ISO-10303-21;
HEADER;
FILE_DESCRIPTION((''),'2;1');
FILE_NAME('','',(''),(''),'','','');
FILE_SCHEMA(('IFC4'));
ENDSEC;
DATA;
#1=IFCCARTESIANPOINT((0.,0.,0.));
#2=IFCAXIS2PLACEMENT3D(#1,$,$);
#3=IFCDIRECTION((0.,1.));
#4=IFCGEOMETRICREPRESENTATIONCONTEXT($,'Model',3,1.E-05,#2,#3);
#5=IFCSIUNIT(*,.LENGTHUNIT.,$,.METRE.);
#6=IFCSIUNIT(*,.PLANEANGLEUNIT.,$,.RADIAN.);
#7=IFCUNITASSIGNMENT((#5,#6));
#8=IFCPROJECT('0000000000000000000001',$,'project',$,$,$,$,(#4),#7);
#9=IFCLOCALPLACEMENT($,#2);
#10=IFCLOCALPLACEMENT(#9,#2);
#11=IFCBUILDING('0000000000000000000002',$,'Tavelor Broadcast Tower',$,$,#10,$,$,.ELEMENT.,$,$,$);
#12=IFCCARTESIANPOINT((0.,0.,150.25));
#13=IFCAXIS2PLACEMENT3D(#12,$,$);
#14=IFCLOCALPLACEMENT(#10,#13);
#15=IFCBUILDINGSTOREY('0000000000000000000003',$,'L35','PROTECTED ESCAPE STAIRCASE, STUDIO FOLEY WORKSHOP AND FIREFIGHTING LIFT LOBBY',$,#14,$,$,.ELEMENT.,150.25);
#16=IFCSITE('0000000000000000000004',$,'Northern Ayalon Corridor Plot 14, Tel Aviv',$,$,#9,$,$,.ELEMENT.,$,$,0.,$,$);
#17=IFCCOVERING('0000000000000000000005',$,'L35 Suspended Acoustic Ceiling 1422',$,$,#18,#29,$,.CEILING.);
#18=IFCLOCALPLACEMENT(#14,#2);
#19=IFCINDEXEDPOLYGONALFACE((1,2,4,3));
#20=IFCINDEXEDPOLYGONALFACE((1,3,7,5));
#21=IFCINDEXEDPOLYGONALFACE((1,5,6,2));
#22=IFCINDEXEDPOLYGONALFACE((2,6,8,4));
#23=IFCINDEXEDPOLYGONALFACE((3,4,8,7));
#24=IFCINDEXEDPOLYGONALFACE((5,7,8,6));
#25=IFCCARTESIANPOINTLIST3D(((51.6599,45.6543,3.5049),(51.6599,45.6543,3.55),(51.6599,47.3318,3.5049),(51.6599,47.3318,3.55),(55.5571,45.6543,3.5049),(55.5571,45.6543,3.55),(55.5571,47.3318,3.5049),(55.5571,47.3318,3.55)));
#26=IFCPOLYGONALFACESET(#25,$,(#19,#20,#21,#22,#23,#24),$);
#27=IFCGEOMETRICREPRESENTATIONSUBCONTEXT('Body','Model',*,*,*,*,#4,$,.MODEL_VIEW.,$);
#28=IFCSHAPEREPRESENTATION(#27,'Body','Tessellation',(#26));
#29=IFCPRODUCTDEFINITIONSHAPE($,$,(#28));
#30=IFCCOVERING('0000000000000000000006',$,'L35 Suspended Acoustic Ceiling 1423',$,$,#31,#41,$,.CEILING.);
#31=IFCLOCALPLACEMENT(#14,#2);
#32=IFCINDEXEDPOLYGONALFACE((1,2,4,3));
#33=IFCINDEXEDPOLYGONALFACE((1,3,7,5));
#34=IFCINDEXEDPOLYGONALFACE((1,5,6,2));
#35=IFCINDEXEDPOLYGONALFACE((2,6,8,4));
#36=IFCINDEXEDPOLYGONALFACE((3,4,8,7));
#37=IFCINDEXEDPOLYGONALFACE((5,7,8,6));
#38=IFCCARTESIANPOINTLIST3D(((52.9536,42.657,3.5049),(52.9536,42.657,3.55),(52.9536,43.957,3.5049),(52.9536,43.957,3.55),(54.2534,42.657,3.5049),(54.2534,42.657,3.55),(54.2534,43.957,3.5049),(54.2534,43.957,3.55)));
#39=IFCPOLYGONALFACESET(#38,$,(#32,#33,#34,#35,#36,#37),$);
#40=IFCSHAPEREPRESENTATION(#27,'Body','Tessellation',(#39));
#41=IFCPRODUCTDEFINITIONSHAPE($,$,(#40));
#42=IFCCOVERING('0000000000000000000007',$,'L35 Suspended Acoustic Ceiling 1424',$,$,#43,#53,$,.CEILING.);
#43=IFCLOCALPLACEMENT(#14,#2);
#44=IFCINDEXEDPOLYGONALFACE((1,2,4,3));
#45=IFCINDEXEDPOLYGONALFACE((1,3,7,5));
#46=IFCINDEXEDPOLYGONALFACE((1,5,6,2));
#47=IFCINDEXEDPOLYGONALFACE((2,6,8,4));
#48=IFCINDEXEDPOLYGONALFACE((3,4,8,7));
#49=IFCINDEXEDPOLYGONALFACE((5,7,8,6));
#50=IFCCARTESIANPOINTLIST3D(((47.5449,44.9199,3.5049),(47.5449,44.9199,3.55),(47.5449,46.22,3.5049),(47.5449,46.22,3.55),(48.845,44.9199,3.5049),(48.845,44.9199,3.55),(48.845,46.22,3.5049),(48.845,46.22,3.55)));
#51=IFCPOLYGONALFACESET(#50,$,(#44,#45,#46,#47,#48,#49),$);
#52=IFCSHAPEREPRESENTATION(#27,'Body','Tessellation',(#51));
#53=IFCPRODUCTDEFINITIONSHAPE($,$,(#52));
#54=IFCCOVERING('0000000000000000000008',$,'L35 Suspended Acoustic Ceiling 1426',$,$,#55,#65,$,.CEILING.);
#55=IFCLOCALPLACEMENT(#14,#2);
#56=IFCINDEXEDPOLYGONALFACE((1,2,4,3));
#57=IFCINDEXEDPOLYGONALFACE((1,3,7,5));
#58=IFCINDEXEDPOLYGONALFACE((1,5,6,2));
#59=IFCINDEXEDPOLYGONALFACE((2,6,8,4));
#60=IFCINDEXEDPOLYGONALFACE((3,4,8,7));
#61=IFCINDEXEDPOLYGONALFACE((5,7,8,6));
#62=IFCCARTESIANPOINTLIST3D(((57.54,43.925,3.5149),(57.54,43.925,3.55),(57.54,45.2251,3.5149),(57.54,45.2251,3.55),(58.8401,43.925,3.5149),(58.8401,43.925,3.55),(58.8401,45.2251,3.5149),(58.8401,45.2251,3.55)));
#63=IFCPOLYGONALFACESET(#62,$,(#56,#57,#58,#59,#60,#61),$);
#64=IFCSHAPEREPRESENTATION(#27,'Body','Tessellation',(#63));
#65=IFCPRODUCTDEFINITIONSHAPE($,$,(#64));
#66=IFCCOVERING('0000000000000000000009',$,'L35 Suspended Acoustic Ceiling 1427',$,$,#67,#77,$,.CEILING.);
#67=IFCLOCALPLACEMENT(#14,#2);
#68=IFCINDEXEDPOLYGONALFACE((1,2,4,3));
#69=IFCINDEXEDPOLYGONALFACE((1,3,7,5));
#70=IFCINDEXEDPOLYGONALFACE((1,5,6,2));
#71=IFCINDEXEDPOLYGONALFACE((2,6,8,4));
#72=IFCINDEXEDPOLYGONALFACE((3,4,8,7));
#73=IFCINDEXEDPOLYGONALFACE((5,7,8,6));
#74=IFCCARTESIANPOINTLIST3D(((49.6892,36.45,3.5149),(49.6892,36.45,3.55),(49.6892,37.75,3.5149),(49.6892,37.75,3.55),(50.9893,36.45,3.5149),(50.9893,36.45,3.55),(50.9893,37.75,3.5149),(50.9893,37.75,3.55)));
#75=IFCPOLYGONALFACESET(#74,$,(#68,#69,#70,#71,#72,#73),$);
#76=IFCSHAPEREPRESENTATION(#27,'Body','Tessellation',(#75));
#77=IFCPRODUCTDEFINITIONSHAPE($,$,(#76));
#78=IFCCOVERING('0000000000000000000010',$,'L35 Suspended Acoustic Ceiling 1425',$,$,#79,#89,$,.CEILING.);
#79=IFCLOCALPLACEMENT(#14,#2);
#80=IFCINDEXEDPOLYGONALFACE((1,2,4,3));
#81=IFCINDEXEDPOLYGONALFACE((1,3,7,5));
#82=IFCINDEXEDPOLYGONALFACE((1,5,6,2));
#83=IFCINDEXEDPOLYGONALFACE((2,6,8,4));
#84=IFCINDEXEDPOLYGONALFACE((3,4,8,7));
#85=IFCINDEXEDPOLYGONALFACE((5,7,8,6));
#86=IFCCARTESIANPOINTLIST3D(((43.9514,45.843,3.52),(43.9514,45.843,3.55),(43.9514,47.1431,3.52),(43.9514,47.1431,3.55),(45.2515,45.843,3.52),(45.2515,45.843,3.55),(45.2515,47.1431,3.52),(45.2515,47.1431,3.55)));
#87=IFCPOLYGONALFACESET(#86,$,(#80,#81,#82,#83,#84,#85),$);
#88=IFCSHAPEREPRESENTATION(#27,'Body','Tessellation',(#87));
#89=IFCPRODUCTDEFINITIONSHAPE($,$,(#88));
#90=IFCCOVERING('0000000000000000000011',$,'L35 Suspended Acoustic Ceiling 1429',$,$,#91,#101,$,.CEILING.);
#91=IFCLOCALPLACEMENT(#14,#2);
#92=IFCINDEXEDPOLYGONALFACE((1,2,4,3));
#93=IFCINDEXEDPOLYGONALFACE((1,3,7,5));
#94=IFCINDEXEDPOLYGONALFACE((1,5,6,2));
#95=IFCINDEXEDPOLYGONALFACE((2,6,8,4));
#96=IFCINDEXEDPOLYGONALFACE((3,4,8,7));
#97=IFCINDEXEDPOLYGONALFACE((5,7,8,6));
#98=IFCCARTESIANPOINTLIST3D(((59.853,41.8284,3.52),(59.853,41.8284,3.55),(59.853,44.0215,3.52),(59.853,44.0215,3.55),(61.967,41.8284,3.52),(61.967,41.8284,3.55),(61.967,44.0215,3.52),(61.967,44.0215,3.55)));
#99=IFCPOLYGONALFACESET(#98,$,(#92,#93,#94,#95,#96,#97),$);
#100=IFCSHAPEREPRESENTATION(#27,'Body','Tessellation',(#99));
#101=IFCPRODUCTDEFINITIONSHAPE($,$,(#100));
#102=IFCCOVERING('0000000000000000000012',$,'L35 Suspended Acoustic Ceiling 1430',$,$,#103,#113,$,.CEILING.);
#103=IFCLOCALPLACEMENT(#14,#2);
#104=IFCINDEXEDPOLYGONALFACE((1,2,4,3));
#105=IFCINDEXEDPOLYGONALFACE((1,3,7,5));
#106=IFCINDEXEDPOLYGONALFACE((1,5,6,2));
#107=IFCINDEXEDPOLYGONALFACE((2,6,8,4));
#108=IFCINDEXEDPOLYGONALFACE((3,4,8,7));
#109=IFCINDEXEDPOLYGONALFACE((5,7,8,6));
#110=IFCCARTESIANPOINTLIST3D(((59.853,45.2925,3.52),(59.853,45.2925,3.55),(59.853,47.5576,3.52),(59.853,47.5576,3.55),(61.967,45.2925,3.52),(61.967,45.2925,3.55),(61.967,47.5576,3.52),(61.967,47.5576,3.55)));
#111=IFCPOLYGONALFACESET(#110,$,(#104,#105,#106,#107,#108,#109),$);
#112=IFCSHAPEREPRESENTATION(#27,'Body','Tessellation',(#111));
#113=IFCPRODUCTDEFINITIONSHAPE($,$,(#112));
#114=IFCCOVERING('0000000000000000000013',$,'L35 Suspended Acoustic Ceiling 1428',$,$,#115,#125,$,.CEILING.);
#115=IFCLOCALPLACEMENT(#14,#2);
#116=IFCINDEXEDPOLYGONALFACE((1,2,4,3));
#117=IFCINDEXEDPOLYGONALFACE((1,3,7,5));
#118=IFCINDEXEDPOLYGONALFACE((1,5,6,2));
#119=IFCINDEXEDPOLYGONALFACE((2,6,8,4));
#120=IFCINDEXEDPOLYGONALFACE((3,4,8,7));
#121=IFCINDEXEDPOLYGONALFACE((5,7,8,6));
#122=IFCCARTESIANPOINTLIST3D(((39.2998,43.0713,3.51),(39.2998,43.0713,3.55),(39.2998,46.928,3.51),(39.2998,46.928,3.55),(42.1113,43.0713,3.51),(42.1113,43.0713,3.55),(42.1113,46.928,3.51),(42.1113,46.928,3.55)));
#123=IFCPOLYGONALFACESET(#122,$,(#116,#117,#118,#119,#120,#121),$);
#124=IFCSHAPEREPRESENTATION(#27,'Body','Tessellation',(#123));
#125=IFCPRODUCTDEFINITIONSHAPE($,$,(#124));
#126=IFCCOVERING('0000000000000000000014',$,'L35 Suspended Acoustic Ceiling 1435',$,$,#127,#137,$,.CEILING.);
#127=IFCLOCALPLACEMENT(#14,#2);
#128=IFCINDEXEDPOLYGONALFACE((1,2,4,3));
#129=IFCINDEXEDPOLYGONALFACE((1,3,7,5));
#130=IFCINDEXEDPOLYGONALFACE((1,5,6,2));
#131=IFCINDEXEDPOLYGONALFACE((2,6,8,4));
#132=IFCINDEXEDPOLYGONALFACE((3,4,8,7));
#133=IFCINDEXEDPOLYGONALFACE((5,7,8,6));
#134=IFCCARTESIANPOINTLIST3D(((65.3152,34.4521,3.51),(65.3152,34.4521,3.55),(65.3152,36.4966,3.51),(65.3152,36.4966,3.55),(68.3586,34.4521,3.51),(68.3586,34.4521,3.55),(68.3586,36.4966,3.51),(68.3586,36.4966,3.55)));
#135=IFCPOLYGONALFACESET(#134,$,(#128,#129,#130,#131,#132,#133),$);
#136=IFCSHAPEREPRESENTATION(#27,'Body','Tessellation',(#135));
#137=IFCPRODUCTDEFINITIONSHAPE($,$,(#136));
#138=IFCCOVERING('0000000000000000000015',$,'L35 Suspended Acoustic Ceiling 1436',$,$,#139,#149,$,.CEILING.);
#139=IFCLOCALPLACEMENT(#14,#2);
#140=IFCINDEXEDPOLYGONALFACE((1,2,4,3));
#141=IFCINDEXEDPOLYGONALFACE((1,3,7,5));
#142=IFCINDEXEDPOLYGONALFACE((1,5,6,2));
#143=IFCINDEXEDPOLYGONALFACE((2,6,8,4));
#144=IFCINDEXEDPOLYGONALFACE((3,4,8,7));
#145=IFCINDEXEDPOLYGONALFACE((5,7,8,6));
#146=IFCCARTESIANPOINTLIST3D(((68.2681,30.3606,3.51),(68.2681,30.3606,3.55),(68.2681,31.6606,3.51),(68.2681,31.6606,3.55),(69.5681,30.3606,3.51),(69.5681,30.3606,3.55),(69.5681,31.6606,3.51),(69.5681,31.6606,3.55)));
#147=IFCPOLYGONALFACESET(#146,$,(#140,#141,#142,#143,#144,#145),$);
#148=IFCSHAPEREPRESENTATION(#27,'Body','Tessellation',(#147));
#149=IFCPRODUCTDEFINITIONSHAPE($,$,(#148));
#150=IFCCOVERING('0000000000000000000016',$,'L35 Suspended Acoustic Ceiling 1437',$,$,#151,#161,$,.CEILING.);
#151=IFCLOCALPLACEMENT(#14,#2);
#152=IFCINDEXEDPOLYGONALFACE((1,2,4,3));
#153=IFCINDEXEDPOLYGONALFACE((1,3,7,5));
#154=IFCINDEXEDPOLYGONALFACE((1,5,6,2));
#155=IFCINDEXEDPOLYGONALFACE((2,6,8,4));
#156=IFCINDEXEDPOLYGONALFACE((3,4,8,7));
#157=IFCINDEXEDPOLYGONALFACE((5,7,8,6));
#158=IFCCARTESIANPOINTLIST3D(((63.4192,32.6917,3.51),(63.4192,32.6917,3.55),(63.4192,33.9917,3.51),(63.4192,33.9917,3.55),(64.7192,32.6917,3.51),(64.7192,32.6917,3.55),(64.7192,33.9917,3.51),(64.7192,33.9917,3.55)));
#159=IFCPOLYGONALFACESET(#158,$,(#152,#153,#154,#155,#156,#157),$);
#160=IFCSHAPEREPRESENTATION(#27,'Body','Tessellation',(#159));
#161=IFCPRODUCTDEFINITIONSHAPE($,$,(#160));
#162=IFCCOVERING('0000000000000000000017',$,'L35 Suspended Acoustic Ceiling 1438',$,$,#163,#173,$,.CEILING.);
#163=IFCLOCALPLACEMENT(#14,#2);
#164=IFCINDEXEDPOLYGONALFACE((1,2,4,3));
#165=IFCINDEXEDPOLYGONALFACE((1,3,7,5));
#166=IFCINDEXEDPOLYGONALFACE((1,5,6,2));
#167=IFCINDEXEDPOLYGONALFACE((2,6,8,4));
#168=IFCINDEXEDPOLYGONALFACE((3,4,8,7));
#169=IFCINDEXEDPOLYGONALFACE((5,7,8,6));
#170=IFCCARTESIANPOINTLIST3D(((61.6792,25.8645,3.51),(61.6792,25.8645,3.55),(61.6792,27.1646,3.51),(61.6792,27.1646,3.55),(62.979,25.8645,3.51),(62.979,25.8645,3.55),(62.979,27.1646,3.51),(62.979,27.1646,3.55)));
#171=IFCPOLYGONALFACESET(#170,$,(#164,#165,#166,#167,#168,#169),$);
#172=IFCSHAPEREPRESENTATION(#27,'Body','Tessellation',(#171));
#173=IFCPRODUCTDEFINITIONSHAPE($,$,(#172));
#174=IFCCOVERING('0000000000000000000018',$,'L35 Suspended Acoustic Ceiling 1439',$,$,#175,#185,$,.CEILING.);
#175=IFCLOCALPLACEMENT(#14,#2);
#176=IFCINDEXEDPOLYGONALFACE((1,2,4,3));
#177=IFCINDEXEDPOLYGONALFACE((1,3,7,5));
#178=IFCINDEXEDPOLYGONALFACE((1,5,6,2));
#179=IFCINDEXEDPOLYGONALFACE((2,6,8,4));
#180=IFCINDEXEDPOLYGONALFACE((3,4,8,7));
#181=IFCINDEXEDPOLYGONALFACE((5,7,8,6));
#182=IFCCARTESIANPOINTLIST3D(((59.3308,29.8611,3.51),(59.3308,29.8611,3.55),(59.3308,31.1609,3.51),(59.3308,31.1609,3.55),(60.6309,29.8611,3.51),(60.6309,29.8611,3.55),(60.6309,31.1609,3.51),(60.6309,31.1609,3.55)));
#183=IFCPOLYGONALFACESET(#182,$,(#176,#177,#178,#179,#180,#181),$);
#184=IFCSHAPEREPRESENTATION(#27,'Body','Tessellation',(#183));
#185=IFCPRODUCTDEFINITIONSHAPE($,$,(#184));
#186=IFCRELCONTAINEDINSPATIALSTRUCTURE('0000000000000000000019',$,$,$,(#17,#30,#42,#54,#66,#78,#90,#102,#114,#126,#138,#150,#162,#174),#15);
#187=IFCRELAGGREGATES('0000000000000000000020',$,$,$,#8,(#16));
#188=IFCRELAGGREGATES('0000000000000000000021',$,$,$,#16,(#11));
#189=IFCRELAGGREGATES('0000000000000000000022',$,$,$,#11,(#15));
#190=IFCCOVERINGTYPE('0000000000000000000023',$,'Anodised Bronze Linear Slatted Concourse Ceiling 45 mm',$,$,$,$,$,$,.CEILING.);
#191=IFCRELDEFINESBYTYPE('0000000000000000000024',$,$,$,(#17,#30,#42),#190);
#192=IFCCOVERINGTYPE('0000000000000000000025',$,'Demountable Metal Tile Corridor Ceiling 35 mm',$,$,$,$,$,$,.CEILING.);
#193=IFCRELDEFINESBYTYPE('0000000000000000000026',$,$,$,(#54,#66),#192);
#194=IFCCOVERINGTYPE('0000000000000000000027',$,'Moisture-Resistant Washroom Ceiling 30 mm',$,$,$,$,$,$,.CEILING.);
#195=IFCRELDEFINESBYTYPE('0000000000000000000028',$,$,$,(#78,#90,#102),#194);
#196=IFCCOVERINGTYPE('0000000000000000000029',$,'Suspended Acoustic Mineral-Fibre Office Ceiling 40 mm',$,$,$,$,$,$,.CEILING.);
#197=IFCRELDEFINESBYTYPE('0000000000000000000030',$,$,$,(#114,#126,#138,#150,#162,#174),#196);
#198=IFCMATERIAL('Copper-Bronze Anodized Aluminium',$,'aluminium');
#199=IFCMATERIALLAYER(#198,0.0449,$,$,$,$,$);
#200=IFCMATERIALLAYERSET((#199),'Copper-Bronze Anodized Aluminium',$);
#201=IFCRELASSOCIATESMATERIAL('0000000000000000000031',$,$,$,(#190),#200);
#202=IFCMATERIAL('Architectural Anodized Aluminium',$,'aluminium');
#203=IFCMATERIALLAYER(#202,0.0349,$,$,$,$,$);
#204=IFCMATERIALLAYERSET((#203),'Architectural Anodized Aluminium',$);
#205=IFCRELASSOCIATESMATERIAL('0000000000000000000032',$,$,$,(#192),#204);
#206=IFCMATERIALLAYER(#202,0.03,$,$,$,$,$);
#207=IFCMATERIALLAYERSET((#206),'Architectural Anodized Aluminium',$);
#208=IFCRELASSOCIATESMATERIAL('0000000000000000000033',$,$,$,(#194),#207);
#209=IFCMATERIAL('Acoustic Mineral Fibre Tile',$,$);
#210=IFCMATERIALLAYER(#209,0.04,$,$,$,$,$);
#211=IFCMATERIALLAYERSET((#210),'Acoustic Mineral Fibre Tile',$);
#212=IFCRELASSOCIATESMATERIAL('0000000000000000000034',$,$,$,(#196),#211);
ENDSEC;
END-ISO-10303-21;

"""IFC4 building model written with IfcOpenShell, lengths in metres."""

from ifc_helpers import new_model, si_unit, direction, frame, origin, place, context, subcontext, project, spatial, polyline, outline, extrude, material, layer, layer_set, type_object, element, save


model = new_model("IFC4")

# Units and contexts
model_context = context("Model", 3, precision=1e-05, world=origin(), true_north=direction((0.0, 1.0)))
body_context = subcontext(model_context, "Body", "Model", "MODEL_VIEW")
ifc_project = project(units=[si_unit("LENGTHUNIT", "METRE"), si_unit("PLANEANGLEUNIT", "RADIAN")], contexts=[model_context])

# Site, building, storey
site_placement = place(None, origin())
site = spatial("IfcSite", under=ifc_project, at=site_placement, Name="Northern Ayalon Corridor Plot 14, Tel Aviv", CompositionType="ELEMENT", RefElevation=0.0)
building_placement = place(site_placement, origin())
building = spatial("IfcBuilding", under=site, at=building_placement, Name="Tavelor Broadcast Tower", CompositionType="ELEMENT")
storey_placement = place(building_placement, frame((0.0, 0.0, 150.25)))
storey = spatial("IfcBuildingStorey", under=building, at=storey_placement, Name="L35", Description="PROTECTED ESCAPE STAIRCASE, STUDIO FOLEY WORKSHOP AND FIREFIGHTING LIFT LOBBY", CompositionType="ELEMENT", Elevation=150.25)

# Coverings
ifc_material_1 = material(Name="Copper-Bronze Anodized Aluminium", Category="aluminium")
ifc_layer_1 = layer(ifc_material_1, 0.0449)
ifc_layer_set_1 = layer_set([ifc_layer_1], Name="Copper-Bronze Anodized Aluminium")
covering_type_1 = type_object("IfcCoveringType", Name="Anodised Bronze Linear Slatted Concourse Ceiling 45 mm", PredefinedType="CEILING", material=ifc_layer_set_1)
covering_1_placement = place(storey_placement, frame((0.0, 0.0, 3.5049)))
element("IfcCovering", 1, at=covering_1_placement, inside=storey, type_object=covering_type_1, Name="L35 Suspended Acoustic Ceiling 1422", PredefinedType="CEILING", context=body_context, shape_type="SweptSolid", body=[
    extrude(outline(polyline([(51.6599, 45.6543), (55.5571, 45.6543), (55.5571, 47.3318), (51.6599, 47.3318), (51.6599, 45.6543)])), origin(), (0.0, 0.0, 1.0), 0.0452),
])
covering_2_placement = place(storey_placement, frame((0.0, 0.0, 3.5049)))
element("IfcCovering", 2, at=covering_2_placement, inside=storey, type_object=covering_type_1, Name="L35 Suspended Acoustic Ceiling 1423", PredefinedType="CEILING", context=body_context, shape_type="SweptSolid", body=[
    extrude(outline(polyline([(52.9536, 42.657), (54.2534, 42.657), (54.2534, 43.957), (52.9536, 43.957), (52.9536, 42.657)])), origin(), (0.0, 0.0, 1.0), 0.0452),
])
covering_3_placement = place(storey_placement, frame((0.0, 0.0, 3.5049)))
element("IfcCovering", 3, at=covering_3_placement, inside=storey, type_object=covering_type_1, Name="L35 Suspended Acoustic Ceiling 1424", PredefinedType="CEILING", context=body_context, shape_type="SweptSolid", body=[
    extrude(outline(polyline([(47.5449, 44.9199), (48.845, 44.9199), (48.845, 46.22), (47.5449, 46.22), (47.5449, 44.9199)])), origin(), (0.0, 0.0, 1.0), 0.0452),
])
ifc_material_2 = material(Name="Architectural Anodized Aluminium", Category="aluminium")
ifc_layer_2 = layer(ifc_material_2, 0.0349)
ifc_layer_set_2 = layer_set([ifc_layer_2], Name="Architectural Anodized Aluminium")
covering_type_2 = type_object("IfcCoveringType", Name="Demountable Metal Tile Corridor Ceiling 35 mm", PredefinedType="CEILING", material=ifc_layer_set_2)
covering_4_placement = place(storey_placement, frame((0.0, 0.0, 3.5149)))
element("IfcCovering", 4, at=covering_4_placement, inside=storey, type_object=covering_type_2, Name="L35 Suspended Acoustic Ceiling 1426", PredefinedType="CEILING", context=body_context, shape_type="SweptSolid", body=[
    extrude(outline(polyline([(57.54, 43.925), (58.8401, 43.925), (58.8401, 45.2251), (57.54, 45.2251), (57.54, 43.925)])), origin(), (0.0, 0.0, 1.0), 0.0352),
])
covering_5_placement = place(storey_placement, frame((0.0, 0.0, 3.5149)))
element("IfcCovering", 5, at=covering_5_placement, inside=storey, type_object=covering_type_2, Name="L35 Suspended Acoustic Ceiling 1427", PredefinedType="CEILING", context=body_context, shape_type="SweptSolid", body=[
    extrude(outline(polyline([(49.6892, 36.45), (50.9893, 36.45), (50.9893, 37.75), (49.6892, 37.75), (49.6892, 36.45)])), origin(), (0.0, 0.0, 1.0), 0.0352),
])
ifc_layer_3 = layer(ifc_material_2, 0.03)
ifc_layer_set_3 = layer_set([ifc_layer_3], Name="Architectural Anodized Aluminium")
covering_type_3 = type_object("IfcCoveringType", Name="Moisture-Resistant Washroom Ceiling 30 mm", PredefinedType="CEILING", material=ifc_layer_set_3)
covering_6_placement = place(storey_placement, frame((0.0, 0.0, 3.52)))
element("IfcCovering", 6, at=covering_6_placement, inside=storey, type_object=covering_type_3, Name="L35 Suspended Acoustic Ceiling 1425", PredefinedType="CEILING", context=body_context, shape_type="SweptSolid", body=[
    extrude(outline(polyline([(43.9514, 45.843), (45.2515, 45.843), (45.2515, 47.1431), (43.9514, 47.1431), (43.9514, 45.843)])), origin(), (0.0, 0.0, 1.0), 0.03),
])
covering_7_placement = place(storey_placement, frame((0.0, 0.0, 3.52)))
element("IfcCovering", 7, at=covering_7_placement, inside=storey, type_object=covering_type_3, Name="L35 Suspended Acoustic Ceiling 1429", PredefinedType="CEILING", context=body_context, shape_type="SweptSolid", body=[
    extrude(outline(polyline([(59.853, 41.8284), (61.967, 41.8284), (61.967, 44.0215), (59.853, 44.0215), (59.853, 41.8284)])), origin(), (0.0, 0.0, 1.0), 0.03),
])
covering_8_placement = place(storey_placement, frame((0.0, 0.0, 3.52)))
element("IfcCovering", 8, at=covering_8_placement, inside=storey, type_object=covering_type_3, Name="L35 Suspended Acoustic Ceiling 1430", PredefinedType="CEILING", context=body_context, shape_type="SweptSolid", body=[
    extrude(outline(polyline([(59.853, 45.2925), (61.967, 45.2925), (61.967, 47.5576), (59.853, 47.5576), (59.853, 45.2925)])), origin(), (0.0, 0.0, 1.0), 0.03),
])
ifc_material_3 = material(Name="Acoustic Mineral Fibre Tile")
ifc_layer_4 = layer(ifc_material_3, 0.04)
ifc_layer_set_4 = layer_set([ifc_layer_4], Name="Acoustic Mineral Fibre Tile")
covering_type_4 = type_object("IfcCoveringType", Name="Suspended Acoustic Mineral-Fibre Office Ceiling 40 mm", PredefinedType="CEILING", material=ifc_layer_set_4)
covering_9_placement = place(storey_placement, frame((0.0, 0.0, 3.51)))
element("IfcCovering", 9, at=covering_9_placement, inside=storey, type_object=covering_type_4, Name="L35 Suspended Acoustic Ceiling 1428", PredefinedType="CEILING", context=body_context, shape_type="SweptSolid", body=[
    extrude(outline(polyline([(39.2998, 43.0713), (42.1113, 43.0713), (42.1113, 46.928), (39.2998, 46.928), (39.2998, 43.0713)])), origin(), (0.0, 0.0, 1.0), 0.04),
])
covering_10_placement = place(storey_placement, frame((0.0, 0.0, 3.51)))
element("IfcCovering", 10, at=covering_10_placement, inside=storey, type_object=covering_type_4, Name="L35 Suspended Acoustic Ceiling 1435", PredefinedType="CEILING", context=body_context, shape_type="SweptSolid", body=[
    extrude(outline(polyline([(65.3152, 34.4521), (68.3586, 34.4521), (68.3586, 36.4966), (65.3152, 36.4966), (65.3152, 34.4521)])), origin(), (0.0, 0.0, 1.0), 0.04),
])
covering_11_placement = place(storey_placement, frame((0.0, 0.0, 3.51)))
element("IfcCovering", 11, at=covering_11_placement, inside=storey, type_object=covering_type_4, Name="L35 Suspended Acoustic Ceiling 1436", PredefinedType="CEILING", context=body_context, shape_type="SweptSolid", body=[
    extrude(outline(polyline([(68.2681, 30.3606), (69.5681, 30.3606), (69.5681, 31.6606), (68.2681, 31.6606), (68.2681, 30.3606)])), origin(), (0.0, 0.0, 1.0), 0.04),
])
covering_12_placement = place(storey_placement, frame((0.0, 0.0, 3.51)))
element("IfcCovering", 12, at=covering_12_placement, inside=storey, type_object=covering_type_4, Name="L35 Suspended Acoustic Ceiling 1437", PredefinedType="CEILING", context=body_context, shape_type="SweptSolid", body=[
    extrude(outline(polyline([(63.4192, 32.6917), (64.7192, 32.6917), (64.7192, 33.9917), (63.4192, 33.9917), (63.4192, 32.6917)])), origin(), (0.0, 0.0, 1.0), 0.04),
])
covering_13_placement = place(storey_placement, frame((0.0, 0.0, 3.51)))
element("IfcCovering", 13, at=covering_13_placement, inside=storey, type_object=covering_type_4, Name="L35 Suspended Acoustic Ceiling 1438", PredefinedType="CEILING", context=body_context, shape_type="SweptSolid", body=[
    extrude(outline(polyline([(61.6792, 25.8645), (62.979, 25.8645), (62.979, 27.1646), (61.6792, 27.1646), (61.6792, 25.8645)])), origin(), (0.0, 0.0, 1.0), 0.04),
])
covering_14_placement = place(storey_placement, frame((0.0, 0.0, 3.51)))
element("IfcCovering", 14, at=covering_14_placement, inside=storey, type_object=covering_type_4, Name="L35 Suspended Acoustic Ceiling 1439", PredefinedType="CEILING", context=body_context, shape_type="SweptSolid", body=[
    extrude(outline(polyline([(59.3308, 29.8611), (60.6309, 29.8611), (60.6309, 31.1609), (59.3308, 31.1609), (59.3308, 29.8611)])), origin(), (0.0, 0.0, 1.0), 0.04),
])

save(model, "model.ifc")
